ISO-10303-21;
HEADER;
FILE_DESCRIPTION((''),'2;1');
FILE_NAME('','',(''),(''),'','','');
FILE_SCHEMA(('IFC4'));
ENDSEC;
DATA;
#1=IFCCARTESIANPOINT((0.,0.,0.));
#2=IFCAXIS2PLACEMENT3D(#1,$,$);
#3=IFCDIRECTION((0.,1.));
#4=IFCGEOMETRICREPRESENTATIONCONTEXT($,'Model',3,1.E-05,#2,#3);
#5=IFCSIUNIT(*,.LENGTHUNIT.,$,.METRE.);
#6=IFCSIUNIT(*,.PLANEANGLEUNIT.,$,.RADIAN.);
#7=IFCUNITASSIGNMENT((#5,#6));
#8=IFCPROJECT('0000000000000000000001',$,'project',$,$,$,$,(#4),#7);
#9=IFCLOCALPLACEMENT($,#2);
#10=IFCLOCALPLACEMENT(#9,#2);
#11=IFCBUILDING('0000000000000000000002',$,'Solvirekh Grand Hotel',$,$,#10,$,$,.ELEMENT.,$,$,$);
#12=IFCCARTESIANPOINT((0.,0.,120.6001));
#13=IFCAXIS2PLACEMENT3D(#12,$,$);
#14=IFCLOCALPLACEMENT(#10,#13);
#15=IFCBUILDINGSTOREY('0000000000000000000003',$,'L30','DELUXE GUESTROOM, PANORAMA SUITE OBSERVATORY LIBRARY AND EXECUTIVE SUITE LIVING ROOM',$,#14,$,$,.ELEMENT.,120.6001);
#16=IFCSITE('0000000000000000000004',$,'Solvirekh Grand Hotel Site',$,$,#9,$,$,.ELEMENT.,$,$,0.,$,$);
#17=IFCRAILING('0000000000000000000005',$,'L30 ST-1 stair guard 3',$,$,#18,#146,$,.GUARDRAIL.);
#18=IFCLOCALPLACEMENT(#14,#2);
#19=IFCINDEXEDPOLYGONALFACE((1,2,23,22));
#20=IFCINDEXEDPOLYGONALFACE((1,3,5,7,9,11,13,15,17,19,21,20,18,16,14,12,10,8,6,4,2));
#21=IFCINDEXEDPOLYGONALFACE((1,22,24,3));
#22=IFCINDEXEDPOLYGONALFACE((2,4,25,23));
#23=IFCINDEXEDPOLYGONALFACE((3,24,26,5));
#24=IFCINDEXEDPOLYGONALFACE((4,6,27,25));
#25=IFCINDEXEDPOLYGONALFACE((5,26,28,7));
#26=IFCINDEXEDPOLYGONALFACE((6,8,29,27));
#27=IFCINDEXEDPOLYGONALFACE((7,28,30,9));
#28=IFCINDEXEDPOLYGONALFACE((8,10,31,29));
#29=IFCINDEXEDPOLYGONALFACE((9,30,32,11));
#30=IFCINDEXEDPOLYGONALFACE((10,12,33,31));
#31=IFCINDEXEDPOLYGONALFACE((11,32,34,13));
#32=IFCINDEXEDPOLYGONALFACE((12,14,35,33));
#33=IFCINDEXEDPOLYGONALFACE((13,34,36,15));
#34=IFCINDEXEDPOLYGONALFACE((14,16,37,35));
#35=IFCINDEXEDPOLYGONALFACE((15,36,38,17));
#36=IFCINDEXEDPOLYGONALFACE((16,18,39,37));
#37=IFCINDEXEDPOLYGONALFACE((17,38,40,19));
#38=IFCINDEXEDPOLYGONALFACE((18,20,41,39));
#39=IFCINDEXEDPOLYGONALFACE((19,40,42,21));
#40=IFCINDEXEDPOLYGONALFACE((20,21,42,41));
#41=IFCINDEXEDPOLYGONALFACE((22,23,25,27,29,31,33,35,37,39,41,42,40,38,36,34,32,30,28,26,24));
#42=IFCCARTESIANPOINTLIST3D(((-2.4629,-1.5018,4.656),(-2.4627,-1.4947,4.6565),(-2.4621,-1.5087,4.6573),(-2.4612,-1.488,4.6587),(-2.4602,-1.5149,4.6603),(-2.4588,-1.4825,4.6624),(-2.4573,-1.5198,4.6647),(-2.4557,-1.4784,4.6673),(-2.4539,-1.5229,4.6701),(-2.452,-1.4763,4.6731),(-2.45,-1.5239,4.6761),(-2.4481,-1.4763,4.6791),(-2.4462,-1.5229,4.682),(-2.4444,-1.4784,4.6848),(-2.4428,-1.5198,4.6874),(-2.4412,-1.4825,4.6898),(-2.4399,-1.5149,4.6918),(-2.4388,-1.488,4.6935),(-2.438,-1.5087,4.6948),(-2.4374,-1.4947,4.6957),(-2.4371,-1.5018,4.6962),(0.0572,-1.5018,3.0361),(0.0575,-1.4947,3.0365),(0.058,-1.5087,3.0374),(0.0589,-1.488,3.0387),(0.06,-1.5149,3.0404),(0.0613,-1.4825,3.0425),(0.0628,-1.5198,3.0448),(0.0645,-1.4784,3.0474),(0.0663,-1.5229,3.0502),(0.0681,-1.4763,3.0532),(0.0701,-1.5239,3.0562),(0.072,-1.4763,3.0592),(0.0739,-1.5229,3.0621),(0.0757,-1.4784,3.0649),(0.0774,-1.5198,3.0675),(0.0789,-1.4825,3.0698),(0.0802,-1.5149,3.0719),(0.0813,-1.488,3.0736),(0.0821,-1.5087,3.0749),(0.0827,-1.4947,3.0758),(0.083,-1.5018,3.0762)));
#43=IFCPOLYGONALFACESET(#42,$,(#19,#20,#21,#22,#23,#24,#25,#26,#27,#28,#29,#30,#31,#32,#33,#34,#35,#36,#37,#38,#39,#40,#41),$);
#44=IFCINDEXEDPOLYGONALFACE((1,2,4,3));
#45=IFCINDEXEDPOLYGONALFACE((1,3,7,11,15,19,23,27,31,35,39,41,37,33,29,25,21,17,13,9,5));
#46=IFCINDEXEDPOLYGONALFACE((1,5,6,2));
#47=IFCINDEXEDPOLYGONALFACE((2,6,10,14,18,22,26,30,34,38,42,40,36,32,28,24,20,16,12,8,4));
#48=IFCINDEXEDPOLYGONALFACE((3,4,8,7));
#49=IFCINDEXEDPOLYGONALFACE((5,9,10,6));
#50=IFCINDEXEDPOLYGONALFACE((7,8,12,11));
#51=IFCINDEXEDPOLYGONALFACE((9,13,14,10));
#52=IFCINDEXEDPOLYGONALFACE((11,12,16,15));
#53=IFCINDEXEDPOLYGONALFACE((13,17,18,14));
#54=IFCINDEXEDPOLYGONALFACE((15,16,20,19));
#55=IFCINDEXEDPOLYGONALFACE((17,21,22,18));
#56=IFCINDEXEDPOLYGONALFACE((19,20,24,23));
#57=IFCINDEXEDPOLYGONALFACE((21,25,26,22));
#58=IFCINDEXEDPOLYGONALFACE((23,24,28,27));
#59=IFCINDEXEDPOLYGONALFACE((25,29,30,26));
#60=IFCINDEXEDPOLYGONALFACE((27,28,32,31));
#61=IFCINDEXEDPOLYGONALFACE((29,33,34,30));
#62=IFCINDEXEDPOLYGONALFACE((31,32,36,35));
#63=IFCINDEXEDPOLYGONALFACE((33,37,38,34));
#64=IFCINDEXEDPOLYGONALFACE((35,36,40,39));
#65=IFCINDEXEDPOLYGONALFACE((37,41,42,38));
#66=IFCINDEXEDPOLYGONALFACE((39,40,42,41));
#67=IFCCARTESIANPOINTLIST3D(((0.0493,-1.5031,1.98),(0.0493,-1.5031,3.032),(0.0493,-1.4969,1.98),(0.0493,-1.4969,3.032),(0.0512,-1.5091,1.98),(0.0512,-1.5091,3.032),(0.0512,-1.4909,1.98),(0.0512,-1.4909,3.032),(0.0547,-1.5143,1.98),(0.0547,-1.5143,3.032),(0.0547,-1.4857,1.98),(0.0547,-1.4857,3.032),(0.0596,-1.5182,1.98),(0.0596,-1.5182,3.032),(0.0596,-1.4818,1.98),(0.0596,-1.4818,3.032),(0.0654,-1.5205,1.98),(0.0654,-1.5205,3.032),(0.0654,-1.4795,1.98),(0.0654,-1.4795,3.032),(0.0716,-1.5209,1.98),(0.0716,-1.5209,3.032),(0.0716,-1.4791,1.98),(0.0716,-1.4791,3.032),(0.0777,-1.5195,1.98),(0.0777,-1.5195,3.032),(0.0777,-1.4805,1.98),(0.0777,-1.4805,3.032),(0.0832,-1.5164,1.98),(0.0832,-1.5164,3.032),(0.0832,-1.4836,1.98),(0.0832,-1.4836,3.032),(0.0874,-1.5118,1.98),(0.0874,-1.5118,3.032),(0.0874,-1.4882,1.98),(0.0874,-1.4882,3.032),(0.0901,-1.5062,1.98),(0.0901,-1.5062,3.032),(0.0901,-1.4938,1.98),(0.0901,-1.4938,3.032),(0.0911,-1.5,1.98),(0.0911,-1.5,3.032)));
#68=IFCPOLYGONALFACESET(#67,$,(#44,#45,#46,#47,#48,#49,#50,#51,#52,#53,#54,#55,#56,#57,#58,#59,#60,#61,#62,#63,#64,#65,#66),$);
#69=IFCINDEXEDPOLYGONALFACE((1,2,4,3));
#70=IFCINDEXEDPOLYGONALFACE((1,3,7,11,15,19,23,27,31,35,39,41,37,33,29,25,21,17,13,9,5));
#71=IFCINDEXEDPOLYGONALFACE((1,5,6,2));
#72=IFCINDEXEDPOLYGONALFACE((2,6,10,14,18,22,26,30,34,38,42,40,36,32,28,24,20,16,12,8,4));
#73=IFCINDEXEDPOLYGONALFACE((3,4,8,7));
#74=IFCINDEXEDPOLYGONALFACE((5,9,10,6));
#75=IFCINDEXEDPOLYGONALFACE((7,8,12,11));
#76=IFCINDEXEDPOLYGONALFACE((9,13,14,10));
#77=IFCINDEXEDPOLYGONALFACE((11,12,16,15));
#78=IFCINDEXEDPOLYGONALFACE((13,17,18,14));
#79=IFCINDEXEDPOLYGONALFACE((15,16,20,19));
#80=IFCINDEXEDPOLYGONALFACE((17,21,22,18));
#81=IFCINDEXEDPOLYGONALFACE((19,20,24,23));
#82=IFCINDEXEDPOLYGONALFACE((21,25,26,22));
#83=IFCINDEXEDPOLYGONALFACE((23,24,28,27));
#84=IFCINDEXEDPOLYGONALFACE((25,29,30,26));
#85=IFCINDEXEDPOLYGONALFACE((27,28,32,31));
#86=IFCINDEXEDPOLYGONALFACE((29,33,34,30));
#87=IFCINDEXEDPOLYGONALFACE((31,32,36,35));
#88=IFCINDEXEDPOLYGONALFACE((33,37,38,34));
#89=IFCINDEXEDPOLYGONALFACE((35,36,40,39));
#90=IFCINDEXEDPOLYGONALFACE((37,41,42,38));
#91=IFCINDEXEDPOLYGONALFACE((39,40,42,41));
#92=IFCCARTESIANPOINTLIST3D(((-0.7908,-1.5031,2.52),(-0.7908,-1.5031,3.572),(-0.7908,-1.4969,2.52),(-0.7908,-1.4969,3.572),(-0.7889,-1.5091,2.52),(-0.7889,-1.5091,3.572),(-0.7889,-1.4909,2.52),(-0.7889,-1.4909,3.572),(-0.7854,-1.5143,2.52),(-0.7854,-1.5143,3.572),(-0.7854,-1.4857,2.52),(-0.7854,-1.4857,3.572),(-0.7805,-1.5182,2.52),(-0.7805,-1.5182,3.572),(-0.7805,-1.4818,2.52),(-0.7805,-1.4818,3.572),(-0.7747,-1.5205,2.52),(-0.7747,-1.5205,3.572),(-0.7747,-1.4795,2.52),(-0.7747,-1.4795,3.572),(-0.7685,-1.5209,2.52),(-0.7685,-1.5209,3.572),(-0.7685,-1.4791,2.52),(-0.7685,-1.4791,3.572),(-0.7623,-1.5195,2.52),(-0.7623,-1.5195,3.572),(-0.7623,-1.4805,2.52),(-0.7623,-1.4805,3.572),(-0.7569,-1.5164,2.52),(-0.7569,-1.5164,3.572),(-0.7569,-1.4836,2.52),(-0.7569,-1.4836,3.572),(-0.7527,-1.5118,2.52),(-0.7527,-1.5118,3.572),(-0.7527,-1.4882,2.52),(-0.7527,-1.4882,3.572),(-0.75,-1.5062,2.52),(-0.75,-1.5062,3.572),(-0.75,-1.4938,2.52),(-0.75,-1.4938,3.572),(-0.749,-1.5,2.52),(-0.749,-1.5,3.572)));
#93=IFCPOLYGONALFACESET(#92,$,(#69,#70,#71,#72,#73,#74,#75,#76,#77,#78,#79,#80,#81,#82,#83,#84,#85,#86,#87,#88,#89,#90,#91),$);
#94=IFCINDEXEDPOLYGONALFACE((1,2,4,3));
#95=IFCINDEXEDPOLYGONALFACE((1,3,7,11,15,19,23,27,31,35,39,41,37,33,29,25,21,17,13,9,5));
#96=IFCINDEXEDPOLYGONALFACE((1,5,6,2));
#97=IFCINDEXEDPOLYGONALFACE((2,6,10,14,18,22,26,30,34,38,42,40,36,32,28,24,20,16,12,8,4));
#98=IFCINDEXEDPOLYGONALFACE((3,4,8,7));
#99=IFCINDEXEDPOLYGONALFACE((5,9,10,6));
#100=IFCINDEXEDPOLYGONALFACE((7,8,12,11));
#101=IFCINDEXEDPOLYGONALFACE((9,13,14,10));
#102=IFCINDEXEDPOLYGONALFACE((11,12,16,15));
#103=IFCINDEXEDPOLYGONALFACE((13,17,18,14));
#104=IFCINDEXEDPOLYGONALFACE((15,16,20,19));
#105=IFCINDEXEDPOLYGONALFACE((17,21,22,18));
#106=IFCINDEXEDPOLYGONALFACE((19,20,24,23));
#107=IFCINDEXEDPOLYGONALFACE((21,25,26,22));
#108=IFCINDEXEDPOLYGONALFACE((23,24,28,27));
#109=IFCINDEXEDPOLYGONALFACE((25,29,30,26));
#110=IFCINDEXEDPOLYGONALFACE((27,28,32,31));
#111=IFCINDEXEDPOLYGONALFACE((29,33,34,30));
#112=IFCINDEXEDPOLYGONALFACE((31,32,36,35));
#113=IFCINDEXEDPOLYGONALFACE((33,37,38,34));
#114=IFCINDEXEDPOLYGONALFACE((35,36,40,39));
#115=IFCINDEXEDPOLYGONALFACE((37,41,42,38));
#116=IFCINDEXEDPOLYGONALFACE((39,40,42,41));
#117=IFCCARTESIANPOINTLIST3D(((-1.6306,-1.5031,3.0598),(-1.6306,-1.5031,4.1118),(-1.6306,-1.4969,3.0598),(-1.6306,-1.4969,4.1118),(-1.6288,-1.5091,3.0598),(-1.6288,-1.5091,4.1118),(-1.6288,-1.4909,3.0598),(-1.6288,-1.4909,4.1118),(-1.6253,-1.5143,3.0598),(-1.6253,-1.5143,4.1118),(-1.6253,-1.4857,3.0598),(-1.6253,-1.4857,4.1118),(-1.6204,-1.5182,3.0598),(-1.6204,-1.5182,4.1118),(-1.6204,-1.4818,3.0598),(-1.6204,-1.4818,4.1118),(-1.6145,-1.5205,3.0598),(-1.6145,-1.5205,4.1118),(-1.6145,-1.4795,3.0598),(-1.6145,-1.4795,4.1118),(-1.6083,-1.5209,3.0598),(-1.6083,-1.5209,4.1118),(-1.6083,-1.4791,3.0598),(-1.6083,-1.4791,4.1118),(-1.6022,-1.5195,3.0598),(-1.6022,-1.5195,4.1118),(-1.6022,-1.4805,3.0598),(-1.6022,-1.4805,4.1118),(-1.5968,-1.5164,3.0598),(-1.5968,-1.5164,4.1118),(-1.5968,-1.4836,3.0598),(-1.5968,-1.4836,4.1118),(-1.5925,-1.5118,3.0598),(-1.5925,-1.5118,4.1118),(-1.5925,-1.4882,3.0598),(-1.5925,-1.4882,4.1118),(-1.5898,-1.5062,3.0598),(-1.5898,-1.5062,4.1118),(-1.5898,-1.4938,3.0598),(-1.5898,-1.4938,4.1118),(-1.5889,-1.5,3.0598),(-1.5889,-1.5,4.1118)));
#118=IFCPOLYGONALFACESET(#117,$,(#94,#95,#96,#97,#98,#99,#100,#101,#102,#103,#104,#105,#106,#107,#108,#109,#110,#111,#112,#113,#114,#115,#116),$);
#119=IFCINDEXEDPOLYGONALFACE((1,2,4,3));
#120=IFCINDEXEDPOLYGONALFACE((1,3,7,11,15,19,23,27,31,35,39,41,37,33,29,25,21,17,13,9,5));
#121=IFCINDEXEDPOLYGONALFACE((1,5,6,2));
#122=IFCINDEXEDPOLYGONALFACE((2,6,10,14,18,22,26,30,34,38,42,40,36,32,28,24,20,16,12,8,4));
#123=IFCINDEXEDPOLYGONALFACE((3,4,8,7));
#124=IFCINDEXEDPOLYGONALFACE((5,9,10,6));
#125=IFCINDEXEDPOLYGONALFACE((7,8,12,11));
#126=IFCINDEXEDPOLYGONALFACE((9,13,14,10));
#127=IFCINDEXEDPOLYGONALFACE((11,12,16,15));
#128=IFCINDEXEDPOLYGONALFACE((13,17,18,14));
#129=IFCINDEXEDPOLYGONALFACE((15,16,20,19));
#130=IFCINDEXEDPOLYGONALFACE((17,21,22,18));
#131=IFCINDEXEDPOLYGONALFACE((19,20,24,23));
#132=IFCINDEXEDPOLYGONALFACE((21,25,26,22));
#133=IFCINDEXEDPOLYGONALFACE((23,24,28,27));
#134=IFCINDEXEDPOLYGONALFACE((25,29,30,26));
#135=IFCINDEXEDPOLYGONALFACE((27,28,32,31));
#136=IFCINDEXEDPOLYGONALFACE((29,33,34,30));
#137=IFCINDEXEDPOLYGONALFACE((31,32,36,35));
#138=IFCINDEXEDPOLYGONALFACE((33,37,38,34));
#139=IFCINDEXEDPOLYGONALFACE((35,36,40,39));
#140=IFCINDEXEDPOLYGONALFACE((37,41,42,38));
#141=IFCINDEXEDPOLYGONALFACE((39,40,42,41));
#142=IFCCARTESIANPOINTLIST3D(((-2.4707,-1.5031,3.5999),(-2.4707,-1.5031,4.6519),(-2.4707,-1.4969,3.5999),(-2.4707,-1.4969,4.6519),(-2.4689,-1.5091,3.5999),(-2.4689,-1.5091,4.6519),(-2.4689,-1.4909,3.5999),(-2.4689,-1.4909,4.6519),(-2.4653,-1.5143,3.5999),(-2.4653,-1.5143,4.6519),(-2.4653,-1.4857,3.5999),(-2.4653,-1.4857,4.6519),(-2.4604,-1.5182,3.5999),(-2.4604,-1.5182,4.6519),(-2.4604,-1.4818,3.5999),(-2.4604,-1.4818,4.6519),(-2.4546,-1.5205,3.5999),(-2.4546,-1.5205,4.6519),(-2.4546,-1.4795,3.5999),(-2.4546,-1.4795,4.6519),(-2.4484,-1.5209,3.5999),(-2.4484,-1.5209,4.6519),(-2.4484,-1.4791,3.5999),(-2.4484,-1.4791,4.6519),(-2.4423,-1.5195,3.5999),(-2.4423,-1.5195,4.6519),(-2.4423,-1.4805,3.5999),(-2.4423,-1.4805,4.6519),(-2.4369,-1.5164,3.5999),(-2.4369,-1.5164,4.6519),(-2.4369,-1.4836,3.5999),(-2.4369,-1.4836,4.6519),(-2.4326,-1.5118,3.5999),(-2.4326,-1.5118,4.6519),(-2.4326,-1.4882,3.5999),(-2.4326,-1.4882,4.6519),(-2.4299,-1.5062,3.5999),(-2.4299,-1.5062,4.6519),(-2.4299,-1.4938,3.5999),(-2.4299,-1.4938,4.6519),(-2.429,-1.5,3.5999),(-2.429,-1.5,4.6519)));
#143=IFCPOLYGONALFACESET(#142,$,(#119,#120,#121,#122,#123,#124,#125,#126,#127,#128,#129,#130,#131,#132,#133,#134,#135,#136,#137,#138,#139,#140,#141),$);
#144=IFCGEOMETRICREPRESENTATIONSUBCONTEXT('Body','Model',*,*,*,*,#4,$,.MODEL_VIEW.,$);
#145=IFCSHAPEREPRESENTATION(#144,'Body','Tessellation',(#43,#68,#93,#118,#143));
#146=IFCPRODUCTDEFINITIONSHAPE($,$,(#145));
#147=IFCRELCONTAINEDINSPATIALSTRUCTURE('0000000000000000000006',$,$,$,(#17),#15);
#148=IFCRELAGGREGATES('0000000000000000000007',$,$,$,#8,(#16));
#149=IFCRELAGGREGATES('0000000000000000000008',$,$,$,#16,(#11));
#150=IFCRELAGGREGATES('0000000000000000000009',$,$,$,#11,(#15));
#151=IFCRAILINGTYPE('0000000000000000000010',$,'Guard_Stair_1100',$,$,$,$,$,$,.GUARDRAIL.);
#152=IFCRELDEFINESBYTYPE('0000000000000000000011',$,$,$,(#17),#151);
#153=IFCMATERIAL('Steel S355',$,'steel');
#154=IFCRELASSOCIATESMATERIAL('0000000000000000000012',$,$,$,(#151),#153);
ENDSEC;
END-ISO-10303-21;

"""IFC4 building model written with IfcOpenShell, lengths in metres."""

from ifc_helpers import new_model, si_unit, direction, frame, origin, origin_2d, place, context, subcontext, project, spatial, circle, extrude, material, type_object, element, save


model = new_model("IFC4")

# Units and contexts
model_context = context("Model", 3, precision=1e-05, world=origin(), true_north=direction((0.0, 1.0)))
body_context = subcontext(model_context, "Body", "Model", "MODEL_VIEW")
ifc_project = project(units=[si_unit("LENGTHUNIT", "METRE"), si_unit("PLANEANGLEUNIT", "RADIAN")], contexts=[model_context])

# Site, building, storey
site_placement = place(None, origin())
site = spatial("IfcSite", under=ifc_project, at=site_placement, Name="Solvirekh Grand Hotel Site", CompositionType="ELEMENT", RefElevation=0.0)
building_placement = place(site_placement, origin())
building = spatial("IfcBuilding", under=site, at=building_placement, Name="Solvirekh Grand Hotel", CompositionType="ELEMENT")
storey_placement = place(building_placement, frame((0.0, 0.0, 120.6001)))
storey = spatial("IfcBuildingStorey", under=building, at=storey_placement, Name="L30", Description="DELUXE GUESTROOM, PANORAMA SUITE OBSERVATORY LIBRARY AND EXECUTIVE SUITE LIVING ROOM", CompositionType="ELEMENT", Elevation=120.6001)

# Shared definitions
ifc_material_1 = material(Name="Steel S355", Category="steel")

# Railing
railing_type_1 = type_object("IfcRailingType", Name="Guard_Stair_1100", PredefinedType="GUARDRAIL", material=ifc_material_1)
railing_1_placement = place(storey_placement, frame((0.0701, -1.5, 1.98)))
element("IfcRailing", 1, at=railing_1_placement, inside=storey, type_object=railing_type_1, Name="L30 ST-1 stair guard 3", PredefinedType="GUARDRAIL", context=body_context, shape_type="SweptSolid", body=[
    extrude(circle(Radius=0.0239, at=origin_2d()), frame((0.0, 0.0, 1.0762), z_axis=(-0.8412, 0.0, 0.540725), x_axis=(0.0, -1.0, 0.0)), (0.0, 0.0, 1.0), 2.9958),
    extrude(circle(Radius=0.021, at=origin_2d()), origin(), (0.0, 0.0, 1.0), 1.052),
    extrude(circle(Radius=0.021, at=origin_2d()), frame((-0.8401, 0.0, 0.54)), (0.0, 0.0, 1.0), 1.052),
    extrude(circle(Radius=0.021, at=origin_2d()), frame((-1.6799, 0.0, 1.0798)), (0.0, 0.0, 1.0), 1.052),
    extrude(circle(Radius=0.021, at=origin_2d()), frame((-2.52, 0.0, 1.6199)), (0.0, 0.0, 1.0), 1.052),
])

save(model, "model.ifc")
